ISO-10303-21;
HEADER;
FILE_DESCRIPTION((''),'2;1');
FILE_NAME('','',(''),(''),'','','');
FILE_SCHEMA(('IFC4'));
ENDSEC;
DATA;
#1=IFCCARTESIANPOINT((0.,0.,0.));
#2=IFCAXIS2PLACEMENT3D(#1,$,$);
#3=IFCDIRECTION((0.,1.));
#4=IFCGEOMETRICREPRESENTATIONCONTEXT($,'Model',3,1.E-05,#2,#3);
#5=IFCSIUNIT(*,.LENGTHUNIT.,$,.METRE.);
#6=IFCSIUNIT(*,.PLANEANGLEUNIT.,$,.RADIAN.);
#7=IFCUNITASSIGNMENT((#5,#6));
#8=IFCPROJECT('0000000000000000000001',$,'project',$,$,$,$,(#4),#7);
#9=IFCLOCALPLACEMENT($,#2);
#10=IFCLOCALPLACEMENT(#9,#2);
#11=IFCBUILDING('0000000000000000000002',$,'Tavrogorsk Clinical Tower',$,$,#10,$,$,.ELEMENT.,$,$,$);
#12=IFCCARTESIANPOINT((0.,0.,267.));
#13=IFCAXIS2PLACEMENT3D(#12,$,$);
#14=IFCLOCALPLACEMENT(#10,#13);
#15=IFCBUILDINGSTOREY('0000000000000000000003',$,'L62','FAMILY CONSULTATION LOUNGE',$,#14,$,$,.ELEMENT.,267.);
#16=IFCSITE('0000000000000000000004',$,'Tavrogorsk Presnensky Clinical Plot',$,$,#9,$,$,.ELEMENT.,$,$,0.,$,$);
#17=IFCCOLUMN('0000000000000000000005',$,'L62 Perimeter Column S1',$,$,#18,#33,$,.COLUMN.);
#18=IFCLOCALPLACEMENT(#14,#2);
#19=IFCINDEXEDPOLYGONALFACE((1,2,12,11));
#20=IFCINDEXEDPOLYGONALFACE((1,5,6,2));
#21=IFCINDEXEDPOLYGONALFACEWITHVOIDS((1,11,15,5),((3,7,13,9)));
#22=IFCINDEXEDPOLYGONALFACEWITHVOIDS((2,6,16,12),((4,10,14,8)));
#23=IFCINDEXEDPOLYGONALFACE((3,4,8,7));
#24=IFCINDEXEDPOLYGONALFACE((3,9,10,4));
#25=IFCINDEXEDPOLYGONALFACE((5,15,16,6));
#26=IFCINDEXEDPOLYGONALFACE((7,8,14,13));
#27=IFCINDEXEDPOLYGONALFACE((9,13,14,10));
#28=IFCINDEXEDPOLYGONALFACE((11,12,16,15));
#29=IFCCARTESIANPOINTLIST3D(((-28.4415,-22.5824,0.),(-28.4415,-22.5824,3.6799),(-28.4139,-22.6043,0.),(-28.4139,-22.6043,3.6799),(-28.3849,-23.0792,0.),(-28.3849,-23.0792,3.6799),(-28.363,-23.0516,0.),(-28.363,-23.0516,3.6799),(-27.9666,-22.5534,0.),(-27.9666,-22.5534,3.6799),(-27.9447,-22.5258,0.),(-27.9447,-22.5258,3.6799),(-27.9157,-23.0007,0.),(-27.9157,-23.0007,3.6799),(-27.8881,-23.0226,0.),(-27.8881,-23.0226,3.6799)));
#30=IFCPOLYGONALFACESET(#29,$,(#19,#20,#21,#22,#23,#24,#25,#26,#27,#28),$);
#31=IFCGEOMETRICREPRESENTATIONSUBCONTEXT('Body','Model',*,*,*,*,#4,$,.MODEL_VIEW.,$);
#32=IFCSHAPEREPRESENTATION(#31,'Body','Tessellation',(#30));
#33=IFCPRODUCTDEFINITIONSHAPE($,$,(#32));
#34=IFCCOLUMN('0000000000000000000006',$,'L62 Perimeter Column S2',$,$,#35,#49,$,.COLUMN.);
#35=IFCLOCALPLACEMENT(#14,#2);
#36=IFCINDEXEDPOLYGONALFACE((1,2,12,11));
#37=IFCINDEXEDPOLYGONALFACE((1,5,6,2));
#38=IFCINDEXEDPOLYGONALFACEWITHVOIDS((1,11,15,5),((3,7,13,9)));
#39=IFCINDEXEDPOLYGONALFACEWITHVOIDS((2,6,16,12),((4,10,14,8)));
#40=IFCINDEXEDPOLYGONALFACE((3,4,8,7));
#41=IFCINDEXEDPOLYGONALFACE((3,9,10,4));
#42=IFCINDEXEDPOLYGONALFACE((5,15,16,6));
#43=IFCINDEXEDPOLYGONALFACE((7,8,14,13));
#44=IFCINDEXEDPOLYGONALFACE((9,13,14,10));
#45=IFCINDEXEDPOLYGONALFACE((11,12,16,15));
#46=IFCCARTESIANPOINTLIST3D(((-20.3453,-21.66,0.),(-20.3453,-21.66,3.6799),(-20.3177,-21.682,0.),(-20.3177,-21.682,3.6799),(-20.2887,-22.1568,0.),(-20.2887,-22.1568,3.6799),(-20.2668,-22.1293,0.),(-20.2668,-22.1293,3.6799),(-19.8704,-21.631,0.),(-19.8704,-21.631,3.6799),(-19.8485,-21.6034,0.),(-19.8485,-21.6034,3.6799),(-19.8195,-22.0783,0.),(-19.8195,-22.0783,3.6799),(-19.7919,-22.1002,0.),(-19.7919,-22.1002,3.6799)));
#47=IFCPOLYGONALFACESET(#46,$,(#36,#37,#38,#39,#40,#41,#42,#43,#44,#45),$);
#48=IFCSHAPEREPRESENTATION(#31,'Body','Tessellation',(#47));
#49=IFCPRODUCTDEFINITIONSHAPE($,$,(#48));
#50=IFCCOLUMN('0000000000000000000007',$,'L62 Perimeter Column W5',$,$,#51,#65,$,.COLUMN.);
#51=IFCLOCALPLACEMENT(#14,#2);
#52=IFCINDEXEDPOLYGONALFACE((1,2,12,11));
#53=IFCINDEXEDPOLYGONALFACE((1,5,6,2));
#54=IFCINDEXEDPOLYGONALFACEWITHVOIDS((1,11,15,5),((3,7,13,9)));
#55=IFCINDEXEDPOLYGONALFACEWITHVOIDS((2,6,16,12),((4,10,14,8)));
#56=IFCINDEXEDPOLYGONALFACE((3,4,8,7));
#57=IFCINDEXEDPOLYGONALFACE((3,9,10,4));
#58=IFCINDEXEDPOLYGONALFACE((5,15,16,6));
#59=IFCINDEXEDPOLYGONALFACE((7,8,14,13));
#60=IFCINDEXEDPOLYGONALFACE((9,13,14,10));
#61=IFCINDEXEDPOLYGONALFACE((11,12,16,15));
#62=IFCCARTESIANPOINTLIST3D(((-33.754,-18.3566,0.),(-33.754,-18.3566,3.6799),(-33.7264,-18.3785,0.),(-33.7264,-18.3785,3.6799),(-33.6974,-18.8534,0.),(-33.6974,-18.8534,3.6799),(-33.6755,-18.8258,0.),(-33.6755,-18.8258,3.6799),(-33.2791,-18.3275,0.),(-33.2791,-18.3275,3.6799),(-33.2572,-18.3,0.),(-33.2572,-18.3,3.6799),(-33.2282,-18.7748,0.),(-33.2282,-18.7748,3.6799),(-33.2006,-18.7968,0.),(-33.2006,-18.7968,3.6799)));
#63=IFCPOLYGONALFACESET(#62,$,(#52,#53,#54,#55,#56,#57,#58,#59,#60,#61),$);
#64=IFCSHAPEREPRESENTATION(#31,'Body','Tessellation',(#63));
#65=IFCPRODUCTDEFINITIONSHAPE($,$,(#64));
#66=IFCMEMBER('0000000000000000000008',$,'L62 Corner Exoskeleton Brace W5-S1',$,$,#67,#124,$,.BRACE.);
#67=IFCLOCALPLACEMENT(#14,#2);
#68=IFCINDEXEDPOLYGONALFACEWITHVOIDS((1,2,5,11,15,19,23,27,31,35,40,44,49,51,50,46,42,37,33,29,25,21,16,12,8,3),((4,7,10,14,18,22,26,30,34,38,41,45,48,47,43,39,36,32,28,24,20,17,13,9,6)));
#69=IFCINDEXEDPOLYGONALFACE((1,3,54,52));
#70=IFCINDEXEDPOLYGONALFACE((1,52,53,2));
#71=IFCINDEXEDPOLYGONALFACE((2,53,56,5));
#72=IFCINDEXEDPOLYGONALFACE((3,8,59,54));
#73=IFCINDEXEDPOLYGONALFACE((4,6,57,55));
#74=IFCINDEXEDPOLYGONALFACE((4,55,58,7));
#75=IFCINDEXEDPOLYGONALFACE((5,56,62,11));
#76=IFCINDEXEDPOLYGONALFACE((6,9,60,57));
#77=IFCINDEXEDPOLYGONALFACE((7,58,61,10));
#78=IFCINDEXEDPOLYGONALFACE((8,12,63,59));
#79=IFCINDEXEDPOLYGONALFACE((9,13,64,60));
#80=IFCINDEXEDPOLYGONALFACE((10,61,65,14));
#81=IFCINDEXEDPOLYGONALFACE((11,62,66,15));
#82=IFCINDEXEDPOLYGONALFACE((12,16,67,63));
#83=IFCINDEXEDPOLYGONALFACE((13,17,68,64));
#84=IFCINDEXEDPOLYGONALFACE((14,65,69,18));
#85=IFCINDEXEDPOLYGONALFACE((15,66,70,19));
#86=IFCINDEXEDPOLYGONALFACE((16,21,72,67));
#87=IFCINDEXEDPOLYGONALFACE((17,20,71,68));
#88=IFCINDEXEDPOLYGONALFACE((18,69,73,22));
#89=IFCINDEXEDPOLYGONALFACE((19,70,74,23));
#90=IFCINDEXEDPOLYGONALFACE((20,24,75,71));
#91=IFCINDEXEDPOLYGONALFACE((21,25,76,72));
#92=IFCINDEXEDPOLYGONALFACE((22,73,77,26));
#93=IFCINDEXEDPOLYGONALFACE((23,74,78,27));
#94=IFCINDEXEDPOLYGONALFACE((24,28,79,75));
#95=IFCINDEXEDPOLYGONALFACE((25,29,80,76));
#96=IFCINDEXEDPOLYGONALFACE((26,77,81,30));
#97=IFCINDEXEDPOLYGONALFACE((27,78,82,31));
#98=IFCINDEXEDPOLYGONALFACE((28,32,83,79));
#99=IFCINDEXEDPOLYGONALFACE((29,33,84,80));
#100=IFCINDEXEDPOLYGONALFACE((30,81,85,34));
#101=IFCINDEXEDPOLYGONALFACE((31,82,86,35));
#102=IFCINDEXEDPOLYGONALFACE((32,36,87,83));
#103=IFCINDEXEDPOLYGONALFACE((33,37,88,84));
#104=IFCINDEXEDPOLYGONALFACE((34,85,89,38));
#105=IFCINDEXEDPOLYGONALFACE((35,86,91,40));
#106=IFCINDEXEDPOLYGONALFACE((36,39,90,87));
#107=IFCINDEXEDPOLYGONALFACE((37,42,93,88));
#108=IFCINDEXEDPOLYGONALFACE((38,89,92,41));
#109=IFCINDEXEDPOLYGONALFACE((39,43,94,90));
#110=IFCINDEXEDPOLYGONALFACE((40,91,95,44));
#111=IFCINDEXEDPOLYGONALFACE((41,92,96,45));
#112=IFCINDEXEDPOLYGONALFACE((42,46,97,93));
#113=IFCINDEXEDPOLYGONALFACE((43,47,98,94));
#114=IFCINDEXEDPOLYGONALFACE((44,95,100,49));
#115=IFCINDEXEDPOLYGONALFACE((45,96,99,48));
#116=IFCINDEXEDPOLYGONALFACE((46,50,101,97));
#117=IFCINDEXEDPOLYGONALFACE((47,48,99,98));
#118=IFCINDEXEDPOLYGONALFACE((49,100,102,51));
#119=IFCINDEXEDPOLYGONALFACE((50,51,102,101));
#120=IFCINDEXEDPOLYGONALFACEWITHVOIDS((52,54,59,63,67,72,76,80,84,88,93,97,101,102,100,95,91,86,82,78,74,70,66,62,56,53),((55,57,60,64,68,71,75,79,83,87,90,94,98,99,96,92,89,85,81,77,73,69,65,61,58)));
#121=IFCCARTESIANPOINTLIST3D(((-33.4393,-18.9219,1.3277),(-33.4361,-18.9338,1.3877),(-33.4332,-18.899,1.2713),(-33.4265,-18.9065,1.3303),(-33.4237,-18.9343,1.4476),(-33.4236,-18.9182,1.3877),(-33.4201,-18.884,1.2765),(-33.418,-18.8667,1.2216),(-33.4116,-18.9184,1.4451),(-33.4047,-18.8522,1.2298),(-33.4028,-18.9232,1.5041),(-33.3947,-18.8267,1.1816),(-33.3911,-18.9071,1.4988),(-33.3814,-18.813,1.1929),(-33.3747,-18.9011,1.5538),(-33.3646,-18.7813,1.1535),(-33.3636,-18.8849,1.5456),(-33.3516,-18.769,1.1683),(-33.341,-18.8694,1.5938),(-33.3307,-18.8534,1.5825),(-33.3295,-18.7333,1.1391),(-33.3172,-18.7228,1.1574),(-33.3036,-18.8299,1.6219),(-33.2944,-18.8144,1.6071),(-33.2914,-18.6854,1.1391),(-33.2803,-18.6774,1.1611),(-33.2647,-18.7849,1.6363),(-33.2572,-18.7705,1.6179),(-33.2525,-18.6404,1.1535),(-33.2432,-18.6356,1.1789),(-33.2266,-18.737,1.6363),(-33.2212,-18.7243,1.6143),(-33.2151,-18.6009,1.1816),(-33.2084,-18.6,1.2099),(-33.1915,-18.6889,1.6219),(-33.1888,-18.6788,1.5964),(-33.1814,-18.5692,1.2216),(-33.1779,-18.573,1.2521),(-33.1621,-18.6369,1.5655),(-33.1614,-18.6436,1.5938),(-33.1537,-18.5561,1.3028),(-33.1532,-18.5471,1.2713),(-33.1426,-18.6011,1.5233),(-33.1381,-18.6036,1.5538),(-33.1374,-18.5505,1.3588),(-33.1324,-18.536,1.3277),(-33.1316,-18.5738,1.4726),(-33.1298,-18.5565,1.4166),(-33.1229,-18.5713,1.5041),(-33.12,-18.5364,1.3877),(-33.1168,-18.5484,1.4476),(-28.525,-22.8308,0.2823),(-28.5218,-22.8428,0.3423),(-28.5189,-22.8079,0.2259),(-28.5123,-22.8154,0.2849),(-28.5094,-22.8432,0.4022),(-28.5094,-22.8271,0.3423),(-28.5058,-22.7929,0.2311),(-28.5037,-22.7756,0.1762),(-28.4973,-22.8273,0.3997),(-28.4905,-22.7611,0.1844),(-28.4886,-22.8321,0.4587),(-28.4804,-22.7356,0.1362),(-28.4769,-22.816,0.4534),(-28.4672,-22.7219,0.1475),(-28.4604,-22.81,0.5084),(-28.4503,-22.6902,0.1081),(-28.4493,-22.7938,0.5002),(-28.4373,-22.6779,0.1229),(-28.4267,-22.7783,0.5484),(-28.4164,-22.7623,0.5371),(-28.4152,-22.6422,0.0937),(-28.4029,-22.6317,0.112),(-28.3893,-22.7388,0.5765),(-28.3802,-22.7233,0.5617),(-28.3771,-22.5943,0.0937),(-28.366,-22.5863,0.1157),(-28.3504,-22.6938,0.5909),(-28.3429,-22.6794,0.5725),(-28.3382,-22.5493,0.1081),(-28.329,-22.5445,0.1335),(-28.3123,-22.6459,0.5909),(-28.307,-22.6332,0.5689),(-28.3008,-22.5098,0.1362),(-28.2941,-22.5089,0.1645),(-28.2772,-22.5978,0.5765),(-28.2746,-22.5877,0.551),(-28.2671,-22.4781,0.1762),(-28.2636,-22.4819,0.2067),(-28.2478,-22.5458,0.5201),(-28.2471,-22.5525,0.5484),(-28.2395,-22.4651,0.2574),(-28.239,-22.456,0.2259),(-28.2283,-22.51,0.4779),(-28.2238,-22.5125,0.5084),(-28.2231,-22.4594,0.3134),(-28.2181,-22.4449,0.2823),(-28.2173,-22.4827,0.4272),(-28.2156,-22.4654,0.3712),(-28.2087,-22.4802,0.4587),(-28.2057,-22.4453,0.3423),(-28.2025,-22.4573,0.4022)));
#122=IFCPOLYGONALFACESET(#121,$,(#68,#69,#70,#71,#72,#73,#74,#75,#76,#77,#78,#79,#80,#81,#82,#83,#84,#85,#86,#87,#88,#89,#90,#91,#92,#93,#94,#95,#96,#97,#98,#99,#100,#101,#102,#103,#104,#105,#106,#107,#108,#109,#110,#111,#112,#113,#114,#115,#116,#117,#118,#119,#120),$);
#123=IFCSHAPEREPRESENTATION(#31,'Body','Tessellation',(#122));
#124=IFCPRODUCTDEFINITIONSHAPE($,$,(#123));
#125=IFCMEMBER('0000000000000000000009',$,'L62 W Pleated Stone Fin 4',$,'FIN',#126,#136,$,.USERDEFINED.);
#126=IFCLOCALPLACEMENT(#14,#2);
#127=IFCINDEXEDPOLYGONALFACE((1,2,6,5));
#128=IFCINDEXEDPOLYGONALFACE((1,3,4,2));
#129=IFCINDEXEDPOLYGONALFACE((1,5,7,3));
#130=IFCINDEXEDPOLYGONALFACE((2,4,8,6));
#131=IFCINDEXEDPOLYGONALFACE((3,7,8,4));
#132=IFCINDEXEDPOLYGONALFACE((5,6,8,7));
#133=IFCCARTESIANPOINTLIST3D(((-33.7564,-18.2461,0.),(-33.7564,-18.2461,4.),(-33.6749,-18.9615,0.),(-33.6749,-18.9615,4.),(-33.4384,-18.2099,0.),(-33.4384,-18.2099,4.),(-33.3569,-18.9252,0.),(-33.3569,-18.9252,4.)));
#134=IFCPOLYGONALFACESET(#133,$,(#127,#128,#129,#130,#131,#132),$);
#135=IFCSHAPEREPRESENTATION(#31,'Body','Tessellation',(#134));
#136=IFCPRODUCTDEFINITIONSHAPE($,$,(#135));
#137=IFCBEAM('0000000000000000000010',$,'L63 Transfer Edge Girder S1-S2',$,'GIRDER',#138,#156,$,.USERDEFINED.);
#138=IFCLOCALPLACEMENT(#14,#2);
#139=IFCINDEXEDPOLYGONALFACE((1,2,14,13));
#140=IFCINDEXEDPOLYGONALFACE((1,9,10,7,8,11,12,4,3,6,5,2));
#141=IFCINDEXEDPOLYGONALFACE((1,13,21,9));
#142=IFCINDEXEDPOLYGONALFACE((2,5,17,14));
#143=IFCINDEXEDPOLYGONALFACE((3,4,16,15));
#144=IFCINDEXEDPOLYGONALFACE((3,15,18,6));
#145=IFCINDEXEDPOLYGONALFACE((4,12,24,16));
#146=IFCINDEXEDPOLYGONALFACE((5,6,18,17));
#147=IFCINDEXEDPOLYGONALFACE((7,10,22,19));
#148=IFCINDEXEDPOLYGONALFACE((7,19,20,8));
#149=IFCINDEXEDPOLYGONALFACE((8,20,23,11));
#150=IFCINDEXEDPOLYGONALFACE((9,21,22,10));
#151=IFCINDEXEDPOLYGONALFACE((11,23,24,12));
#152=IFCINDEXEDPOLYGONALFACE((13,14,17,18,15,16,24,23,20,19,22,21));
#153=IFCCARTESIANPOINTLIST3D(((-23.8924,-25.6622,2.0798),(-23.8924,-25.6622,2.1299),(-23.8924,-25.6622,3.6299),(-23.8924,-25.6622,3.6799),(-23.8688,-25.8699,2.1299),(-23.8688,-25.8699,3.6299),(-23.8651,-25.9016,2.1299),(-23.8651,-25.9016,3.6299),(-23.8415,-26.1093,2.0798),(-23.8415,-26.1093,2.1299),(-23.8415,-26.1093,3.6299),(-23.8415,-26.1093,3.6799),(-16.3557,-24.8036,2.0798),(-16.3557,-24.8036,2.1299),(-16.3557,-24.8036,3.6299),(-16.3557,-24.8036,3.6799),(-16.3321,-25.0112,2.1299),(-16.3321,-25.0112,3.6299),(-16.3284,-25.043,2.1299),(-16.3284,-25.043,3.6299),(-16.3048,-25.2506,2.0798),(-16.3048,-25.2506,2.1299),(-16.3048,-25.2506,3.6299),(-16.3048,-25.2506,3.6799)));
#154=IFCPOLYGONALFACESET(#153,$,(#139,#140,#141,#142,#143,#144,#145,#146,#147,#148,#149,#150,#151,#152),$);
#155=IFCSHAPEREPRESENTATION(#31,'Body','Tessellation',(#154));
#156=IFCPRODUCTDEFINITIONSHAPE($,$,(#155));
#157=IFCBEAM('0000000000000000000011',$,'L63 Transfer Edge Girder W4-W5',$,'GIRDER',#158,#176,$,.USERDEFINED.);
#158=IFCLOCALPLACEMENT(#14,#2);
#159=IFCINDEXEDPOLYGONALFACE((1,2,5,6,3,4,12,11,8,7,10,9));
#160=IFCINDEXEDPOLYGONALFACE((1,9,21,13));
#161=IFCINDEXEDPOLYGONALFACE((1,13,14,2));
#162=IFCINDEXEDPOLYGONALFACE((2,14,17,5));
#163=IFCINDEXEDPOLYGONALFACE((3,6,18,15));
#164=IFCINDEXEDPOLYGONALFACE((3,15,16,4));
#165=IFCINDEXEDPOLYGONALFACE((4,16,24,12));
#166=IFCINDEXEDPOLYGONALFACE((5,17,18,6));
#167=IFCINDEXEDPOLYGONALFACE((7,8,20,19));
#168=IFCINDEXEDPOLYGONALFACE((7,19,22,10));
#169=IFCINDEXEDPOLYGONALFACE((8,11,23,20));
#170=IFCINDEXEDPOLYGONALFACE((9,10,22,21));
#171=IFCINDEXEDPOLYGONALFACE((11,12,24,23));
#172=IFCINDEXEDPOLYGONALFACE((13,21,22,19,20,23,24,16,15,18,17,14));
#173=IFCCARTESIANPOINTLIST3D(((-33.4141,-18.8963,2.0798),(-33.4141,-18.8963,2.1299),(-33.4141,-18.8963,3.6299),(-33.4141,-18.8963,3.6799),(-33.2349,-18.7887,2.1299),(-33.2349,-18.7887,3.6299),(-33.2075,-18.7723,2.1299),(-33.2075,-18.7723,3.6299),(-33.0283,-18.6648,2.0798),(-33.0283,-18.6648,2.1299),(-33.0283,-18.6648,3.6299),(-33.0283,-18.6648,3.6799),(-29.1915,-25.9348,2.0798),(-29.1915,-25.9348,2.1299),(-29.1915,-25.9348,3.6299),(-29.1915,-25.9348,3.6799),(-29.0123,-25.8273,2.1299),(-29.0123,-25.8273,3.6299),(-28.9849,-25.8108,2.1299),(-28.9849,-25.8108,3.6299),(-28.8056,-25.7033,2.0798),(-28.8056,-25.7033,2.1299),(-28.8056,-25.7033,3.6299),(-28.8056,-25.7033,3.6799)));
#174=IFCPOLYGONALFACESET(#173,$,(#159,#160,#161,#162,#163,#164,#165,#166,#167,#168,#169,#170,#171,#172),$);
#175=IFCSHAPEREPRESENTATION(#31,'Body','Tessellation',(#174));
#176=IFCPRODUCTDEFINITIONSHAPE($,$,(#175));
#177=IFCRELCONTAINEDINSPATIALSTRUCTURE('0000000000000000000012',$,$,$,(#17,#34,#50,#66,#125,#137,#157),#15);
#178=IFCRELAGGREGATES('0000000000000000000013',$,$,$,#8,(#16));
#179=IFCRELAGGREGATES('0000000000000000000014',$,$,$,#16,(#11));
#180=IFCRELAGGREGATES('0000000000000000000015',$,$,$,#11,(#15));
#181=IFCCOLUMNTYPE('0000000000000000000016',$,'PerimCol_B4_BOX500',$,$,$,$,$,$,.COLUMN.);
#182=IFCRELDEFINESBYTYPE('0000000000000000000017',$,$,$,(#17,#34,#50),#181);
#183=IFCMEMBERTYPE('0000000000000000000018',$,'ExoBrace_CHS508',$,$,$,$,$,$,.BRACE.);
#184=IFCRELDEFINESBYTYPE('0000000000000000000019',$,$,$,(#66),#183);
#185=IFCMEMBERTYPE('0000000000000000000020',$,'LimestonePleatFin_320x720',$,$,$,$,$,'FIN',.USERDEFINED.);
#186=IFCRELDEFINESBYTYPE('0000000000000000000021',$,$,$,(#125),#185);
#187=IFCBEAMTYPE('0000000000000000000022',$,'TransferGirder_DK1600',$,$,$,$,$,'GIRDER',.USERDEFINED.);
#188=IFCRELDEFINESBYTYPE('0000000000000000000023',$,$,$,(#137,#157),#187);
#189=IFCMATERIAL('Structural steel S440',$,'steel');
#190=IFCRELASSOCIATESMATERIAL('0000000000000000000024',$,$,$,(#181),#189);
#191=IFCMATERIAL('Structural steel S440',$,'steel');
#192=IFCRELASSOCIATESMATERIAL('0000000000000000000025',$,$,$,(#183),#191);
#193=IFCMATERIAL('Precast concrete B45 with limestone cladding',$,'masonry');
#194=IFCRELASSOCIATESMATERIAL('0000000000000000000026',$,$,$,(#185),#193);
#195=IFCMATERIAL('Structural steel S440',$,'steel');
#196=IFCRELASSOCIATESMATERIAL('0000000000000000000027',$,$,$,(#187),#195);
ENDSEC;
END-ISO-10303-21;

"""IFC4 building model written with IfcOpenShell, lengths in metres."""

from ifc_helpers import new_model, si_unit, direction, frame, origin, origin_2d, place, context, subcontext, project, spatial, rectangle, hollow_rectangle, hollow_circle, i_section, extrude, material, material_profile, profile_set, type_object, element, save


model = new_model("IFC4")

# Units and contexts
model_context = context("Model", 3, precision=1e-05, world=origin(), true_north=direction((0.0, 1.0)))
body_context = subcontext(model_context, "Body", "Model", "MODEL_VIEW")
ifc_project = project(units=[si_unit("LENGTHUNIT", "METRE"), si_unit("PLANEANGLEUNIT", "RADIAN")], contexts=[model_context])

# Site, building, storey
site_placement = place(None, origin())
site = spatial("IfcSite", under=ifc_project, at=site_placement, Name="Tavrogorsk Presnensky Clinical Plot", CompositionType="ELEMENT", RefElevation=0.0)
building_placement = place(site_placement, origin())
building = spatial("IfcBuilding", under=site, at=building_placement, Name="Tavrogorsk Clinical Tower", CompositionType="ELEMENT")
storey_placement = place(building_placement, frame((0.0, 0.0, 267.0)))
storey = spatial("IfcBuildingStorey", under=building, at=storey_placement, Name="L62", Description="FAMILY CONSULTATION LOUNGE", CompositionType="ELEMENT", Elevation=267.0)

# Columns
ifc_material_1 = material(Name="Structural steel S440", Category="steel")
ifc_material_profile_1 = material_profile(ifc_material_1, hollow_rectangle(XDim=0.5, YDim=0.5, WallThickness=0.0249, at=origin_2d()), Name="BOX-500x500x25")
ifc_profile_set_1 = profile_set([ifc_material_profile_1], Name="Structural steel S440")
column_type = type_object("IfcColumnType", Name="PerimCol_B4_BOX500", PredefinedType="COLUMN", material=ifc_profile_set_1)
for number, where, z_axis, x_axis, name in (
    (1, (-28.1648, -22.8025, 0.0), (0.0, 0.0, 1.0), (0.993572, 0.113203, 0.0), "L62 Perimeter Column S1"),
    (2, (-20.0686, -21.8801, 0.0), (0.0, 0.0, 1.0), (0.993572, 0.113203, 0.0), "L62 Perimeter Column S2"),
    (3, (-33.4773, -18.5767, 0.0), (0.0, 0.0, 1.0), (0.993572, 0.113203, 0.0), "L62 Perimeter Column W5"),
):
    element("IfcColumn", number, at=place(storey_placement, frame(where, z_axis=z_axis, x_axis=x_axis)), inside=storey, type_object=column_type, Name=name, PredefinedType="COLUMN", context=body_context, shape_type="SweptSolid", body=[
        extrude(hollow_rectangle(XDim=0.5, YDim=0.5, WallThickness=0.0249, at=origin_2d()), origin(), (0.0, 0.0, 1.0), 3.6799),
    ])

# Members
ifc_material_2 = material(Name="Structural steel S440", Category="steel")
ifc_material_profile_2 = material_profile(ifc_material_2, hollow_circle(Radius=0.2539, WallThickness=0.02, at=origin_2d()), Name="CHS-508x20")
ifc_profile_set_2 = profile_set([ifc_material_profile_2], Name="Structural steel S440")
member_type_1 = type_object("IfcMemberType", Name="ExoBrace_CHS508", PredefinedType="BRACE", material=ifc_profile_set_2)
member_1_placement = place(storey_placement, frame((-28.3638, -22.644, 0.3423), z_axis=(-0.771989, 0.614055, 0.164224), x_axis=(-0.622507, -0.782614, 0.0)))
element("IfcMember", 4, at=member_1_placement, inside=storey, type_object=member_type_1, Name="L62 Corner Exoskeleton Brace W5-S1", PredefinedType="BRACE", context=body_context, shape_type="SweptSolid", body=[
    extrude(hollow_circle(Radius=0.2539, WallThickness=0.02, at=origin_2d()), origin(), (0.0, 0.0, 1.0), 6.3657),
])
ifc_material_3 = material(Name="Precast concrete B45 with limestone cladding", Category="masonry")
ifc_material_profile_3 = material_profile(ifc_material_3, rectangle(XDim=0.3201, YDim=0.72, at=origin_2d()), Name="LIMESTONE-FIN-320x720")
ifc_profile_set_3 = profile_set([ifc_material_profile_3], Name="Precast concrete B45 with limestone cladding")
member_type_2 = type_object("IfcMemberType", Name="LimestonePleatFin_320x720", ElementType="FIN", PredefinedType="USERDEFINED", material=ifc_profile_set_3)
member_2_placement = place(storey_placement, frame((-33.5566, -18.5857, 0.0), z_axis=(0.0, 0.0, 1.0), x_axis=(0.993572, 0.113203, 0.0)))
element("IfcMember", 5, at=member_2_placement, inside=storey, type_object=member_type_2, Name="L62 W Pleated Stone Fin 4", ObjectType="FIN", PredefinedType="USERDEFINED", context=body_context, shape_type="SweptSolid", body=[
    extrude(rectangle(XDim=0.3201, YDim=0.72, at=origin_2d()), origin(), (0.0, 0.0, 1.0), 4.0),
])

# Beams
ifc_material_4 = material(Name="Structural steel S440", Category="steel")
ifc_material_profile_4 = material_profile(ifc_material_4, i_section(OverallWidth=0.45, OverallDepth=1.6001, WebThickness=0.032, FlangeThickness=0.05, at=origin_2d()), Name="DK-1600x450x32x50")
ifc_profile_set_4 = profile_set([ifc_material_profile_4], Name="Structural steel S440")
beam_type_1 = type_object("IfcBeamType", Name="TransferGirder_DK1600", ElementType="GIRDER", PredefinedType="USERDEFINED", material=ifc_profile_set_4)
beam_1_placement = place(storey_placement, frame((-23.8669, -25.8857, 2.8799), z_axis=(0.993573, 0.113197, 0.0), x_axis=(-0.113197, 0.993573, 0.0)))
element("IfcBeam", 6, at=beam_1_placement, inside=storey, type_object=beam_type_1, Name="L63 Transfer Edge Girder S1-S2", ObjectType="GIRDER", PredefinedType="USERDEFINED", context=body_context, shape_type="SweptSolid", body=[
    extrude(i_section(OverallWidth=0.45, OverallDepth=1.6001, WebThickness=0.032, FlangeThickness=0.05, at=origin_2d()), origin(), (0.0, 0.0, 1.0), 7.5854),
])
beam_2_placement = place(storey_placement, frame((-33.2212, -18.7805, 2.8799), z_axis=(0.514452, -0.857519, 0.0), x_axis=(0.857519, 0.514452, 0.0)))
element("IfcBeam", 7, at=beam_2_placement, inside=storey, type_object=beam_type_1, Name="L63 Transfer Edge Girder W4-W5", ObjectType="GIRDER", PredefinedType="USERDEFINED", context=body_context, shape_type="SweptSolid", body=[
    extrude(i_section(OverallWidth=0.45, OverallDepth=1.6001, WebThickness=0.032, FlangeThickness=0.05, at=origin_2d()), origin(), (0.0, 0.0, 1.0), 8.208),
])

save(model, "model.ifc")
